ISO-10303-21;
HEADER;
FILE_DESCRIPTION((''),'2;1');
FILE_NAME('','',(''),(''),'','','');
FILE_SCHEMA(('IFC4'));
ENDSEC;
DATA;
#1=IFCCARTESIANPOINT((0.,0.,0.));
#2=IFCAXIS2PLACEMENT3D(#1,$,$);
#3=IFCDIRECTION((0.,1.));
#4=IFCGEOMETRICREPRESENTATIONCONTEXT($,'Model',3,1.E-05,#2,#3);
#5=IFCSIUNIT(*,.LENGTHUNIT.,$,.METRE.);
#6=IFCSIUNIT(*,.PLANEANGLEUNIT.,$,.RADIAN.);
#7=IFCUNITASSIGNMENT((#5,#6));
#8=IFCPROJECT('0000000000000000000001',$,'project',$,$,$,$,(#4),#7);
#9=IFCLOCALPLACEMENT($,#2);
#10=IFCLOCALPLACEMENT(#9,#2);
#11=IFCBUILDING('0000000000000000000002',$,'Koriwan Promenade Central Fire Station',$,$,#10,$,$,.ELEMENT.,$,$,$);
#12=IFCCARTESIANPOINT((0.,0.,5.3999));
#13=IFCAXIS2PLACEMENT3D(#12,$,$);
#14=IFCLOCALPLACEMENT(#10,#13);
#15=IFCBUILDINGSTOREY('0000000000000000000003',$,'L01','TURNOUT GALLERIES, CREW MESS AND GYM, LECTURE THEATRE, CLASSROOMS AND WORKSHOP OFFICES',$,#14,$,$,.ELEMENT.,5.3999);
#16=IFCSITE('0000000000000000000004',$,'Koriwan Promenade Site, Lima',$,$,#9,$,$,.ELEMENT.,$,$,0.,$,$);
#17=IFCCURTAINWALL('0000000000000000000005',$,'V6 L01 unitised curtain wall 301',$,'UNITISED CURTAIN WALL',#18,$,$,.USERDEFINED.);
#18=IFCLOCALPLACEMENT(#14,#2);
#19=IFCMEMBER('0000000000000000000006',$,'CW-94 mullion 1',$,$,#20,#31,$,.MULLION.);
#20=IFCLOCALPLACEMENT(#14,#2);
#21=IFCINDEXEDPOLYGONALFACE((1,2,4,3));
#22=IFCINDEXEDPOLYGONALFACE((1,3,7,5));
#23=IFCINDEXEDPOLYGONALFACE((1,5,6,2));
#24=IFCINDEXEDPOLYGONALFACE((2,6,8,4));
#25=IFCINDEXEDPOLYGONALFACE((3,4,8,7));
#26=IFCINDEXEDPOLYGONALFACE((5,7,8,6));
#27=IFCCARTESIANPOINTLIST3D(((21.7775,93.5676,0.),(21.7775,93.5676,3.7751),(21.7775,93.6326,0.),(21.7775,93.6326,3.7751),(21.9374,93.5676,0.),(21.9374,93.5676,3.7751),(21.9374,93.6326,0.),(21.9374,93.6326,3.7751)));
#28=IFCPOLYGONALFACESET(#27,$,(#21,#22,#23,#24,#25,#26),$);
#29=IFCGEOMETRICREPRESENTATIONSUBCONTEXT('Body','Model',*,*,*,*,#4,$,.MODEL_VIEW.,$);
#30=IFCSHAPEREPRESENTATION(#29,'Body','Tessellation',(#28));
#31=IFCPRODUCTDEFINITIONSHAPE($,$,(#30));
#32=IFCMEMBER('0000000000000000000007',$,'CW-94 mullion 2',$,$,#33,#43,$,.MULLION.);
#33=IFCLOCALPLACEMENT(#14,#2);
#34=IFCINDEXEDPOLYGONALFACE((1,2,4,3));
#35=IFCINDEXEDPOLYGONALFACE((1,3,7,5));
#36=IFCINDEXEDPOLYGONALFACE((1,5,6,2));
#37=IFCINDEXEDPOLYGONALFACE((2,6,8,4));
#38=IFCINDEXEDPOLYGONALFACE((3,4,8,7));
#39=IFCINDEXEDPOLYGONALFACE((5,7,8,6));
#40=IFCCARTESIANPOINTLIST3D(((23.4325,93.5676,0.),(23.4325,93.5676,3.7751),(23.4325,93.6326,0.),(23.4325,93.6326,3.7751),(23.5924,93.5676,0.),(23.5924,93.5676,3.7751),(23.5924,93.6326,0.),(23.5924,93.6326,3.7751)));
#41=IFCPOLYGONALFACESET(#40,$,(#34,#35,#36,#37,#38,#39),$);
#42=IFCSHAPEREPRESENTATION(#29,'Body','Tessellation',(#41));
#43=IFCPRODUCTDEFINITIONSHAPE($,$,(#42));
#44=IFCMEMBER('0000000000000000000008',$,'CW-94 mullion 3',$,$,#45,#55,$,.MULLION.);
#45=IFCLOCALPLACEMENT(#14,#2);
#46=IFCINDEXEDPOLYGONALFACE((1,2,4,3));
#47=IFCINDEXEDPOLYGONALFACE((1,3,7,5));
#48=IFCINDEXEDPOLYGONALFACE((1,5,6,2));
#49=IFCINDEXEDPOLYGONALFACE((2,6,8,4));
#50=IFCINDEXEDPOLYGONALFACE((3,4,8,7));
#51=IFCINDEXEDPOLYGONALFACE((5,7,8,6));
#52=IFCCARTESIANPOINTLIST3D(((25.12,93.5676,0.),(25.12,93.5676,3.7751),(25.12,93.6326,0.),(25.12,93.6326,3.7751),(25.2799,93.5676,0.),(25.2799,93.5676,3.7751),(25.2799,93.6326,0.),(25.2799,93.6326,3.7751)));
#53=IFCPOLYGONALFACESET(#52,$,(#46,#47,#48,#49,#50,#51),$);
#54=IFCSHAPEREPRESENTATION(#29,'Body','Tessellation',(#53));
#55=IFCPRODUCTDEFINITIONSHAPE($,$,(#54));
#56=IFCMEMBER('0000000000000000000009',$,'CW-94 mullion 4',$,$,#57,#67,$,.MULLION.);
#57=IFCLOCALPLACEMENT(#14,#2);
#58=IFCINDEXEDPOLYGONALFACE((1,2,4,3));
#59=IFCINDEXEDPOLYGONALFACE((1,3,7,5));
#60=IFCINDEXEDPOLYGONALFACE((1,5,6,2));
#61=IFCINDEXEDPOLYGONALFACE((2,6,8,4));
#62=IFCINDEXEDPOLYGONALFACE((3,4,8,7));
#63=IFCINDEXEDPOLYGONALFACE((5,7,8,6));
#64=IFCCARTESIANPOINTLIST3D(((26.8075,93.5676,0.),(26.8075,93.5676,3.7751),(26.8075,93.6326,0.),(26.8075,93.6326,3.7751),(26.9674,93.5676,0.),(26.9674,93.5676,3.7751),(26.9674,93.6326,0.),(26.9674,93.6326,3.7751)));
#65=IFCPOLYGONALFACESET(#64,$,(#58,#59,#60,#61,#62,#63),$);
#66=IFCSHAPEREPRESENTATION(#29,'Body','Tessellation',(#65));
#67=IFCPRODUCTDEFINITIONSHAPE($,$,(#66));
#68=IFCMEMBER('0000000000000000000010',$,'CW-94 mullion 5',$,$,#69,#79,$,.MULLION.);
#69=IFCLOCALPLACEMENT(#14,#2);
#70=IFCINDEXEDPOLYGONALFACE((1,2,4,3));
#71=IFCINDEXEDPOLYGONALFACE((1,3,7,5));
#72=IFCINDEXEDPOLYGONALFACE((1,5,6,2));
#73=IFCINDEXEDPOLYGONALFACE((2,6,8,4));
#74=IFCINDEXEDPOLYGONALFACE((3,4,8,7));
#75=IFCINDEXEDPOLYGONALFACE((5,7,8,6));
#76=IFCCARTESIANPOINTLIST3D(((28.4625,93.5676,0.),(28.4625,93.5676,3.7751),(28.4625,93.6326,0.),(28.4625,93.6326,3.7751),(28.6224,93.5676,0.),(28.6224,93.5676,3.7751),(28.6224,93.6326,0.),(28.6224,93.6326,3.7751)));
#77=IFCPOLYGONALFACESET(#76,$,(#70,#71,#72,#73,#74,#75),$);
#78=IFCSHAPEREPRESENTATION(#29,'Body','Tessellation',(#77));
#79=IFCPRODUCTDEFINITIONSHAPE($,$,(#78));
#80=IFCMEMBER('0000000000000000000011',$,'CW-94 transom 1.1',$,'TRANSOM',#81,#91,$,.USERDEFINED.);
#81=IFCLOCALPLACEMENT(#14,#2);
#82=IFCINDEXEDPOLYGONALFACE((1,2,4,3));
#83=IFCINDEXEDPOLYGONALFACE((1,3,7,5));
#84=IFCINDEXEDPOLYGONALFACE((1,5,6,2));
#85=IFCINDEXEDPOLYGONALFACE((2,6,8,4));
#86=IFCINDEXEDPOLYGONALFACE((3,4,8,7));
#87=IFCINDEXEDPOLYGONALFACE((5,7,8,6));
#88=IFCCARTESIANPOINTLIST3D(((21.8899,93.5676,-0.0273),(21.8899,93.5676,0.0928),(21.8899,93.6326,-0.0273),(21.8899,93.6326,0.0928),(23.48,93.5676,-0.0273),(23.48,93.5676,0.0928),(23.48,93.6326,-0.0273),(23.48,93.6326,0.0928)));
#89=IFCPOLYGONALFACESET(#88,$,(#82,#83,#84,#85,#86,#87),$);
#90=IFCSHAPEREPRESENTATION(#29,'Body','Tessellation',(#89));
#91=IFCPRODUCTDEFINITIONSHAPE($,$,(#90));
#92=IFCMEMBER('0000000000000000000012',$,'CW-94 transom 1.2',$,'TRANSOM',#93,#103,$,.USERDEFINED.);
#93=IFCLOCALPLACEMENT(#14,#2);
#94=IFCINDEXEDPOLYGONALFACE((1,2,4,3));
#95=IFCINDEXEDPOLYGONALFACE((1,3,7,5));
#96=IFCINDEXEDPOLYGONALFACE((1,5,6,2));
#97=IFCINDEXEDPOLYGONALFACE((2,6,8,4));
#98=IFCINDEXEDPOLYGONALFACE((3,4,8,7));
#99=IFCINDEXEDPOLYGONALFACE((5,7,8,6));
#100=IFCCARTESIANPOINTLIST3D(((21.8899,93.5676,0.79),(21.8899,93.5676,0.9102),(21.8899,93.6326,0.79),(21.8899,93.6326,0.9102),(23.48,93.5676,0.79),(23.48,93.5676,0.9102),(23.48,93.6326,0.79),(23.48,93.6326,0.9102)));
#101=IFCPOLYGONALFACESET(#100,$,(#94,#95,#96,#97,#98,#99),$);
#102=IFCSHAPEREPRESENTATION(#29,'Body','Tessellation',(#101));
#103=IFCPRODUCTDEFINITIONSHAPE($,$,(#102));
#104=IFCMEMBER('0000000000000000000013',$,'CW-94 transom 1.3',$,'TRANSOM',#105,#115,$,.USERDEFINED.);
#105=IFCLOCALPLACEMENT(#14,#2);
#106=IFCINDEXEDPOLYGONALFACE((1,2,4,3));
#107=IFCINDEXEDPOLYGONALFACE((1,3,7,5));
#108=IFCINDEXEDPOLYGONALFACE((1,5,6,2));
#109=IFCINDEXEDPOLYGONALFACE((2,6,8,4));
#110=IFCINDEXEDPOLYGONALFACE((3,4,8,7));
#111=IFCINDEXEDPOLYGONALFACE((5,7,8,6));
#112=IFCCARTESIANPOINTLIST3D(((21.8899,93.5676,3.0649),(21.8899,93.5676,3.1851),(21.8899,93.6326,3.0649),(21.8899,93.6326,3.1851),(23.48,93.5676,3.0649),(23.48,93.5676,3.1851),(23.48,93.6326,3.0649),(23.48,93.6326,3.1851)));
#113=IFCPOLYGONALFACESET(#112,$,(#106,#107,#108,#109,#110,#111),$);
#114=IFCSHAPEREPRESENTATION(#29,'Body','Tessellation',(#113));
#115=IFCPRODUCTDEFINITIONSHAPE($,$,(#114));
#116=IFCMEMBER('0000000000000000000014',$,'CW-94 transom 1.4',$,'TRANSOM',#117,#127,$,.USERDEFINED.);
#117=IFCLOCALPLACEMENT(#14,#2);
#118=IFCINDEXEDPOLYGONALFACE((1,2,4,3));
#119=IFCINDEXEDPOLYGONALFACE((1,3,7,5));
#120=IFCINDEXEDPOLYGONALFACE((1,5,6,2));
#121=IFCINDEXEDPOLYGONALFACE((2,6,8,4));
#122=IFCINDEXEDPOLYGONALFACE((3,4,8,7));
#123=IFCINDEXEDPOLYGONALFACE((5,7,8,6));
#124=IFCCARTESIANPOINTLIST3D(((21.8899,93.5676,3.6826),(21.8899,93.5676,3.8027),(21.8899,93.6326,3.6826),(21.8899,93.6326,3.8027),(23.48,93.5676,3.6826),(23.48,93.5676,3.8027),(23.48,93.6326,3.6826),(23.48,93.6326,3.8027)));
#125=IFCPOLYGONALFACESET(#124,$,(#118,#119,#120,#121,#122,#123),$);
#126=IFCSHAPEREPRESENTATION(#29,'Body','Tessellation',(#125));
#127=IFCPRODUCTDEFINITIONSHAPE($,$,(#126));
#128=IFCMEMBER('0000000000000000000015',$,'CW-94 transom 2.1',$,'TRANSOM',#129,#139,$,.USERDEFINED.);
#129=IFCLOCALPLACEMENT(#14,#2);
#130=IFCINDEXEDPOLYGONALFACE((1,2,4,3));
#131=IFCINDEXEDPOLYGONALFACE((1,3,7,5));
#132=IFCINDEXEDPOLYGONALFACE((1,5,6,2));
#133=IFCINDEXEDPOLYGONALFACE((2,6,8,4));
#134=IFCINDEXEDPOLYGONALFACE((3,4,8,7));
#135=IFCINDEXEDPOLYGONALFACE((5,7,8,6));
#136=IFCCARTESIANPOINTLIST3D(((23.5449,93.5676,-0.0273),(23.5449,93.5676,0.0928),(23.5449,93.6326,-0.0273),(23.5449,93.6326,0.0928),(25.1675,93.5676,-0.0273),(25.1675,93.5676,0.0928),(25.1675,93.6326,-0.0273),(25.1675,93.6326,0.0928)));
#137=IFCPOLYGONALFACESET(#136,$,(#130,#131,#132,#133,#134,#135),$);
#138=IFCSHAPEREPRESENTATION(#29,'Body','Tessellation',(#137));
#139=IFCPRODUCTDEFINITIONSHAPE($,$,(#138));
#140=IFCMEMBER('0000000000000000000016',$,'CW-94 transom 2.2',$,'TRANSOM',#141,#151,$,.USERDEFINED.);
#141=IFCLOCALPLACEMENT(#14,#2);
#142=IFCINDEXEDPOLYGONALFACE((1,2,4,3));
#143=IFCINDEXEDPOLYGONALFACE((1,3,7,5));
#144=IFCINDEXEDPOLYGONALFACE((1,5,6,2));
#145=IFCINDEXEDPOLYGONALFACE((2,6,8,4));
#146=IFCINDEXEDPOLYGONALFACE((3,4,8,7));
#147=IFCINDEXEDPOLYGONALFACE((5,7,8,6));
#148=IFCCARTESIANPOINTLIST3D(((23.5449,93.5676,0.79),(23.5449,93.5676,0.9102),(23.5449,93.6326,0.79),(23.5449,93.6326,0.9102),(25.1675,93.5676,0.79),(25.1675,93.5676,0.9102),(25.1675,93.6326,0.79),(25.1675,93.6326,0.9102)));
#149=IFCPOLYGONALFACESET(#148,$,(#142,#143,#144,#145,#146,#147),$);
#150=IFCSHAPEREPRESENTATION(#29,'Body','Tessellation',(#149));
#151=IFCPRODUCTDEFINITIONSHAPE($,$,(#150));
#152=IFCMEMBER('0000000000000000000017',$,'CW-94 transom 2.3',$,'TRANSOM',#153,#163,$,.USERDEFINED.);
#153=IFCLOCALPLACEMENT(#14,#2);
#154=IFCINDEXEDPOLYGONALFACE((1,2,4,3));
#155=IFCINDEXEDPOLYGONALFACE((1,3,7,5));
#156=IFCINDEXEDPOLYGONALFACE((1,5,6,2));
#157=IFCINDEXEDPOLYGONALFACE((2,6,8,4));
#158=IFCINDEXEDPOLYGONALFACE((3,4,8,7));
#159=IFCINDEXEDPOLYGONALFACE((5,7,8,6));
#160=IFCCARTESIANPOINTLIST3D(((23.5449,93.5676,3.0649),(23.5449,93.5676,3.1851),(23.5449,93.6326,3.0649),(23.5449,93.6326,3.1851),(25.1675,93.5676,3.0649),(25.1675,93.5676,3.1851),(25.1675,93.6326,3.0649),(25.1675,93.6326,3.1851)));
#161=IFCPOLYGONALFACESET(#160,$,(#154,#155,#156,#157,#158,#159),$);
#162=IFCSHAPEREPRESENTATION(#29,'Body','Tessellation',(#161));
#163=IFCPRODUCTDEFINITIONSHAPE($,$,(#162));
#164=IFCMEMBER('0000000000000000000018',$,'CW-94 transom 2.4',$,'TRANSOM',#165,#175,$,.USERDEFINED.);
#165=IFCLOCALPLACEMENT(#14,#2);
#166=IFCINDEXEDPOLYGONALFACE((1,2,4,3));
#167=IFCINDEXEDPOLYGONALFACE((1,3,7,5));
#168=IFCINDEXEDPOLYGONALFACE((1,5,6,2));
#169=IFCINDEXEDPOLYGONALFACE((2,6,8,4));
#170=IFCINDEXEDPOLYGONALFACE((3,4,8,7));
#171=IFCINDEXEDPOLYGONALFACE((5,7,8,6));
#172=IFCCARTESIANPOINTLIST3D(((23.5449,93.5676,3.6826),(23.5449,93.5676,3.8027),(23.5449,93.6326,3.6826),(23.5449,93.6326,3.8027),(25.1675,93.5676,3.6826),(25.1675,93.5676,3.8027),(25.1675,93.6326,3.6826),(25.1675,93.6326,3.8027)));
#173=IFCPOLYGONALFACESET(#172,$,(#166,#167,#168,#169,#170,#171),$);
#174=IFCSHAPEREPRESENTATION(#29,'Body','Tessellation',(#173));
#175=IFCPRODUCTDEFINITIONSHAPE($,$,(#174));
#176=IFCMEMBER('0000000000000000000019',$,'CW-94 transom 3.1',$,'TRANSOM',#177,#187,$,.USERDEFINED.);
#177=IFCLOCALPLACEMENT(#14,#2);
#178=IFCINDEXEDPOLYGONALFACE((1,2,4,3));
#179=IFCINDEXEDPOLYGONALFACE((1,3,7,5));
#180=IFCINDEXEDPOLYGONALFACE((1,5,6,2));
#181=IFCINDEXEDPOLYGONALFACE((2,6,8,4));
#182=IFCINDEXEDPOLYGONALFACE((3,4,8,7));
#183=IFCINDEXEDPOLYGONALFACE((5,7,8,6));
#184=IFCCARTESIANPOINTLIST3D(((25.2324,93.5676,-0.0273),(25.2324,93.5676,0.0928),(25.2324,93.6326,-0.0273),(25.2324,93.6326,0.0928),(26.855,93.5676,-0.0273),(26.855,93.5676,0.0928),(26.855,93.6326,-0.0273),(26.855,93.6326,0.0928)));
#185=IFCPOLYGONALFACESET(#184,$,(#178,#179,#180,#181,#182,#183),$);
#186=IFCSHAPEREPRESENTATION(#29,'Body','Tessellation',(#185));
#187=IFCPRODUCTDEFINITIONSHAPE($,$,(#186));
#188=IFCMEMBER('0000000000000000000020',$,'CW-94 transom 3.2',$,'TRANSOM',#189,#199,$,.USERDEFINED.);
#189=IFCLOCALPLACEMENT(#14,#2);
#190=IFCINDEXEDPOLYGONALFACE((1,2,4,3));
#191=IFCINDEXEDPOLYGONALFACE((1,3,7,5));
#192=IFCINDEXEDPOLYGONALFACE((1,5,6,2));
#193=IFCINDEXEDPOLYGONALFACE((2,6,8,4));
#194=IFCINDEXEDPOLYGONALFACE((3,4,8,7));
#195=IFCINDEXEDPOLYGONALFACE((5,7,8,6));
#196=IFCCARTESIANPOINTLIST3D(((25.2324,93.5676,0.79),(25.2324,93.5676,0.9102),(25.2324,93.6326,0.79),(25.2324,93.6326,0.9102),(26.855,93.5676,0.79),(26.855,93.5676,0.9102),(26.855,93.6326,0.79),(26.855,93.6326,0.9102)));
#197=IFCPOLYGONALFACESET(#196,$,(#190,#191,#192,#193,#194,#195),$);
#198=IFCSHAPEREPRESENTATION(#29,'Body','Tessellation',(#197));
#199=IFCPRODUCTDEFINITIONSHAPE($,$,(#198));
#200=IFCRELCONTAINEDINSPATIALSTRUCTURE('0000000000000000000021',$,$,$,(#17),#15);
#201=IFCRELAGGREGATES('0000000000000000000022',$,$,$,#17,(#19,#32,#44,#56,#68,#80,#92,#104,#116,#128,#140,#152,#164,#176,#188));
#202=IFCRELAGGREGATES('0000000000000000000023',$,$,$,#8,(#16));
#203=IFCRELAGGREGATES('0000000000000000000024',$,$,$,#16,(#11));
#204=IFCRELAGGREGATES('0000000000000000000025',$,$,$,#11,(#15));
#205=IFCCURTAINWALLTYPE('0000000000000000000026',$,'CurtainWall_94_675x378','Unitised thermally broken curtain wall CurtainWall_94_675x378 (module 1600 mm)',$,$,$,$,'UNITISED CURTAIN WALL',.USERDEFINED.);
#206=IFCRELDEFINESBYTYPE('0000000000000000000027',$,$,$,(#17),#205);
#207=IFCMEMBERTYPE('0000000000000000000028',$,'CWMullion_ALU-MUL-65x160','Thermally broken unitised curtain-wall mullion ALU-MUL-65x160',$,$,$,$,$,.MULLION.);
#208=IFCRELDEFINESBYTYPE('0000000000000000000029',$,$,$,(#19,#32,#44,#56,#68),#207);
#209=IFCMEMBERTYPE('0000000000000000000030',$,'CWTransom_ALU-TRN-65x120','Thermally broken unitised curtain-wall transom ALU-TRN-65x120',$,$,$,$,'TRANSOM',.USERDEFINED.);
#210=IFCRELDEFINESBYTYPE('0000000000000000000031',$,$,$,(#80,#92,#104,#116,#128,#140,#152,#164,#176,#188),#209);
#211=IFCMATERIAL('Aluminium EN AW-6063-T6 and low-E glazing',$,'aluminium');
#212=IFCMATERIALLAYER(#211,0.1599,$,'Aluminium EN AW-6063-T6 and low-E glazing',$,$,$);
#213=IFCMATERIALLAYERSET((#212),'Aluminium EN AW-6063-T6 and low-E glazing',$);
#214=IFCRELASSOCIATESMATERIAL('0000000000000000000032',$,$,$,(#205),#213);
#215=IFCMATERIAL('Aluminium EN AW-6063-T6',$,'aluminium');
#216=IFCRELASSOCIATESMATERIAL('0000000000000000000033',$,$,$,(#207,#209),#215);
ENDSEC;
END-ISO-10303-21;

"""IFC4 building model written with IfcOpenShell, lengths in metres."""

from ifc_helpers import new_model, si_unit, direction, frame, origin, origin_2d, place, context, subcontext, project, spatial, rectangle, extrude, material, layer, layer_set, material_profile, profile_set, type_object, element, aggregate, save


model = new_model("IFC4")

# Units and contexts
model_context = context("Model", 3, precision=1e-05, world=origin(), true_north=direction((0.0, 1.0)))
body_context = subcontext(model_context, "Body", "Model", "MODEL_VIEW")
ifc_project = project(units=[si_unit("LENGTHUNIT", "METRE"), si_unit("PLANEANGLEUNIT", "RADIAN")], contexts=[model_context])

# Site, building, storey
site_placement = place(None, origin())
site = spatial("IfcSite", under=ifc_project, at=site_placement, Name="Koriwan Promenade Site, Lima", CompositionType="ELEMENT", RefElevation=0.0)
building_placement = place(site_placement, origin())
building = spatial("IfcBuilding", under=site, at=building_placement, Name="Koriwan Promenade Central Fire Station", CompositionType="ELEMENT")
storey_placement = place(building_placement, frame((0.0, 0.0, 5.3999)))
storey = spatial("IfcBuildingStorey", under=building, at=storey_placement, Name="L01", Description="TURNOUT GALLERIES, CREW MESS AND GYM, LECTURE THEATRE, CLASSROOMS AND WORKSHOP OFFICES", CompositionType="ELEMENT", Elevation=5.3999)

# Curtain wall, members
ifc_material_1 = material(Name="Aluminium EN AW-6063-T6 and low-E glazing", Category="aluminium")
ifc_layer_1 = layer(ifc_material_1, 0.1599, Name="Aluminium EN AW-6063-T6 and low-E glazing")
ifc_layer_set_1 = layer_set([ifc_layer_1], Name="Aluminium EN AW-6063-T6 and low-E glazing")
curtain_wall_type = type_object("IfcCurtainWallType", Name="CurtainWall_94_675x378", Description="Unitised thermally broken curtain wall CurtainWall_94_675x378 (module 1600 mm)", ElementType="UNITISED CURTAIN WALL", PredefinedType="USERDEFINED", material=ifc_layer_set_1)
curtain_wall_placement = place(storey_placement, origin())
curtain_wall = element("IfcCurtainWall", 1, at=curtain_wall_placement, inside=storey, type_object=curtain_wall_type, Name="V6 L01 unitised curtain wall 301", ObjectType="UNITISED CURTAIN WALL", PredefinedType="USERDEFINED")
ifc_material_2 = material(Name="Aluminium EN AW-6063-T6", Category="aluminium")
ifc_material_profile_1 = material_profile(ifc_material_2, rectangle(XDim=0.0649, YDim=0.1599, at=origin_2d()), Name="ALU-MUL-65x160")
ifc_profile_set_1 = profile_set([ifc_material_profile_1], Name="Aluminium EN AW-6063-T6")
member_type_1 = type_object("IfcMemberType", Name="CWMullion_ALU-MUL-65x160", Description="Thermally broken unitised curtain-wall mullion ALU-MUL-65x160", PredefinedType="MULLION", material=ifc_profile_set_1)
member_1_placement = place(storey_placement, frame((21.8574, 93.6001, 0.0), z_axis=(0.0, 0.0, 1.0), x_axis=(0.0, 1.0, 0.0)))
member_1 = element("IfcMember", 2, at=member_1_placement, type_object=member_type_1, Name="CW-94 mullion 1", PredefinedType="MULLION", context=body_context, shape_type="SweptSolid", body=[
    extrude(rectangle(XDim=0.0649, YDim=0.1599, at=origin_2d()), origin(), (0.0, 0.0, 1.0), 3.7751),
])
member_2_placement = place(storey_placement, frame((23.5125, 93.6001, 0.0), z_axis=(0.0, 0.0, 1.0), x_axis=(0.0, 1.0, 0.0)))
member_2 = element("IfcMember", 3, at=member_2_placement, type_object=member_type_1, Name="CW-94 mullion 2", PredefinedType="MULLION", context=body_context, shape_type="SweptSolid", body=[
    extrude(rectangle(XDim=0.0649, YDim=0.1599, at=origin_2d()), origin(), (0.0, 0.0, 1.0), 3.7751),
])
member_3_placement = place(storey_placement, frame((25.2, 93.6001, 0.0), z_axis=(0.0, 0.0, 1.0), x_axis=(0.0, 1.0, 0.0)))
member_3 = element("IfcMember", 4, at=member_3_placement, type_object=member_type_1, Name="CW-94 mullion 3", PredefinedType="MULLION", context=body_context, shape_type="SweptSolid", body=[
    extrude(rectangle(XDim=0.0649, YDim=0.1599, at=origin_2d()), origin(), (0.0, 0.0, 1.0), 3.7751),
])
member_4_placement = place(storey_placement, frame((26.8875, 93.6001, 0.0), z_axis=(0.0, 0.0, 1.0), x_axis=(0.0, 1.0, 0.0)))
member_4 = element("IfcMember", 5, at=member_4_placement, type_object=member_type_1, Name="CW-94 mullion 4", PredefinedType="MULLION", context=body_context, shape_type="SweptSolid", body=[
    extrude(rectangle(XDim=0.0649, YDim=0.1599, at=origin_2d()), origin(), (0.0, 0.0, 1.0), 3.7751),
])
member_5_placement = place(storey_placement, frame((28.5425, 93.6001, 0.0), z_axis=(0.0, 0.0, 1.0), x_axis=(0.0, 1.0, 0.0)))
member_5 = element("IfcMember", 6, at=member_5_placement, type_object=member_type_1, Name="CW-94 mullion 5", PredefinedType="MULLION", context=body_context, shape_type="SweptSolid", body=[
    extrude(rectangle(XDim=0.0649, YDim=0.1599, at=origin_2d()), origin(), (0.0, 0.0, 1.0), 3.7751),
])
ifc_material_profile_2 = material_profile(ifc_material_2, rectangle(XDim=0.0649, YDim=0.1201, at=origin_2d()), Name="ALU-TRN-65x120")
ifc_profile_set_2 = profile_set([ifc_material_profile_2], Name="Aluminium EN AW-6063-T6")
member_type_2 = type_object("IfcMemberType", Name="CWTransom_ALU-TRN-65x120", Description="Thermally broken unitised curtain-wall transom ALU-TRN-65x120", ElementType="TRANSOM", PredefinedType="USERDEFINED", material=ifc_profile_set_2)
member_6_placement = place(storey_placement, frame((21.8899, 93.6001, 0.0327), z_axis=(1.0, 0.0, 0.0), x_axis=(0.0, 1.0, 0.0)))
member_6 = element("IfcMember", 7, at=member_6_placement, type_object=member_type_2, Name="CW-94 transom 1.1", ObjectType="TRANSOM", PredefinedType="USERDEFINED", context=body_context, shape_type="SweptSolid", body=[
    extrude(rectangle(XDim=0.0649, YDim=0.1201, at=origin_2d()), origin(), (0.0, 0.0, 1.0), 1.5901),
])
member_7_placement = place(storey_placement, frame((21.8899, 93.6001, 0.8501), z_axis=(1.0, 0.0, 0.0), x_axis=(0.0, 1.0, 0.0)))
member_7 = element("IfcMember", 8, at=member_7_placement, type_object=member_type_2, Name="CW-94 transom 1.2", ObjectType="TRANSOM", PredefinedType="USERDEFINED", context=body_context, shape_type="SweptSolid", body=[
    extrude(rectangle(XDim=0.0649, YDim=0.1201, at=origin_2d()), origin(), (0.0, 0.0, 1.0), 1.5901),
])
member_8_placement = place(storey_placement, frame((21.8899, 93.6001, 3.125), z_axis=(1.0, 0.0, 0.0), x_axis=(0.0, 1.0, 0.0)))
member_8 = element("IfcMember", 9, at=member_8_placement, type_object=member_type_2, Name="CW-94 transom 1.3", ObjectType="TRANSOM", PredefinedType="USERDEFINED", context=body_context, shape_type="SweptSolid", body=[
    extrude(rectangle(XDim=0.0649, YDim=0.1201, at=origin_2d()), origin(), (0.0, 0.0, 1.0), 1.5901),
])
member_9_placement = place(storey_placement, frame((21.8899, 93.6001, 3.7427), z_axis=(1.0, 0.0, 0.0), x_axis=(0.0, 1.0, 0.0)))
member_9 = element("IfcMember", 10, at=member_9_placement, type_object=member_type_2, Name="CW-94 transom 1.4", ObjectType="TRANSOM", PredefinedType="USERDEFINED", context=body_context, shape_type="SweptSolid", body=[
    extrude(rectangle(XDim=0.0649, YDim=0.1201, at=origin_2d()), origin(), (0.0, 0.0, 1.0), 1.5901),
])
member_10_placement = place(storey_placement, frame((23.5449, 93.6001, 0.0327), z_axis=(1.0, 0.0, 0.0), x_axis=(0.0, 1.0, 0.0)))
member_10 = element("IfcMember", 11, at=member_10_placement, type_object=member_type_2, Name="CW-94 transom 2.1", ObjectType="TRANSOM", PredefinedType="USERDEFINED", context=body_context, shape_type="SweptSolid", body=[
    extrude(rectangle(XDim=0.0649, YDim=0.1201, at=origin_2d()), origin(), (0.0, 0.0, 1.0), 1.6226),
])
member_11_placement = place(storey_placement, frame((23.5449, 93.6001, 0.8501), z_axis=(1.0, 0.0, 0.0), x_axis=(0.0, 1.0, 0.0)))
member_11 = element("IfcMember", 12, at=member_11_placement, type_object=member_type_2, Name="CW-94 transom 2.2", ObjectType="TRANSOM", PredefinedType="USERDEFINED", context=body_context, shape_type="SweptSolid", body=[
    extrude(rectangle(XDim=0.0649, YDim=0.1201, at=origin_2d()), origin(), (0.0, 0.0, 1.0), 1.6226),
])
member_12_placement = place(storey_placement, frame((23.5449, 93.6001, 3.125), z_axis=(1.0, 0.0, 0.0), x_axis=(0.0, 1.0, 0.0)))
member_12 = element("IfcMember", 13, at=member_12_placement, type_object=member_type_2, Name="CW-94 transom 2.3", ObjectType="TRANSOM", PredefinedType="USERDEFINED", context=body_context, shape_type="SweptSolid", body=[
    extrude(rectangle(XDim=0.0649, YDim=0.1201, at=origin_2d()), origin(), (0.0, 0.0, 1.0), 1.6226),
])
member_13_placement = place(storey_placement, frame((23.5449, 93.6001, 3.7427), z_axis=(1.0, 0.0, 0.0), x_axis=(0.0, 1.0, 0.0)))
member_13 = element("IfcMember", 14, at=member_13_placement, type_object=member_type_2, Name="CW-94 transom 2.4", ObjectType="TRANSOM", PredefinedType="USERDEFINED", context=body_context, shape_type="SweptSolid", body=[
    extrude(rectangle(XDim=0.0649, YDim=0.1201, at=origin_2d()), origin(), (0.0, 0.0, 1.0), 1.6226),
])
member_14_placement = place(storey_placement, frame((25.2324, 93.6001, 0.0327), z_axis=(1.0, 0.0, 0.0), x_axis=(0.0, 1.0, 0.0)))
member_14 = element("IfcMember", 15, at=member_14_placement, type_object=member_type_2, Name="CW-94 transom 3.1", ObjectType="TRANSOM", PredefinedType="USERDEFINED", context=body_context, shape_type="SweptSolid", body=[
    extrude(rectangle(XDim=0.0649, YDim=0.1201, at=origin_2d()), origin(), (0.0, 0.0, 1.0), 1.6226),
])
member_15_placement = place(storey_placement, frame((25.2324, 93.6001, 0.8501), z_axis=(1.0, 0.0, 0.0), x_axis=(0.0, 1.0, 0.0)))
member_15 = element("IfcMember", 16, at=member_15_placement, type_object=member_type_2, Name="CW-94 transom 3.2", ObjectType="TRANSOM", PredefinedType="USERDEFINED", context=body_context, shape_type="SweptSolid", body=[
    extrude(rectangle(XDim=0.0649, YDim=0.1201, at=origin_2d()), origin(), (0.0, 0.0, 1.0), 1.6226),
])

aggregate(curtain_wall, [member_1, member_2, member_3, member_4, member_5, member_6, member_7, member_8, member_9, member_10, member_11, member_12, member_13, member_14, member_15])

save(model, "model.ifc")
